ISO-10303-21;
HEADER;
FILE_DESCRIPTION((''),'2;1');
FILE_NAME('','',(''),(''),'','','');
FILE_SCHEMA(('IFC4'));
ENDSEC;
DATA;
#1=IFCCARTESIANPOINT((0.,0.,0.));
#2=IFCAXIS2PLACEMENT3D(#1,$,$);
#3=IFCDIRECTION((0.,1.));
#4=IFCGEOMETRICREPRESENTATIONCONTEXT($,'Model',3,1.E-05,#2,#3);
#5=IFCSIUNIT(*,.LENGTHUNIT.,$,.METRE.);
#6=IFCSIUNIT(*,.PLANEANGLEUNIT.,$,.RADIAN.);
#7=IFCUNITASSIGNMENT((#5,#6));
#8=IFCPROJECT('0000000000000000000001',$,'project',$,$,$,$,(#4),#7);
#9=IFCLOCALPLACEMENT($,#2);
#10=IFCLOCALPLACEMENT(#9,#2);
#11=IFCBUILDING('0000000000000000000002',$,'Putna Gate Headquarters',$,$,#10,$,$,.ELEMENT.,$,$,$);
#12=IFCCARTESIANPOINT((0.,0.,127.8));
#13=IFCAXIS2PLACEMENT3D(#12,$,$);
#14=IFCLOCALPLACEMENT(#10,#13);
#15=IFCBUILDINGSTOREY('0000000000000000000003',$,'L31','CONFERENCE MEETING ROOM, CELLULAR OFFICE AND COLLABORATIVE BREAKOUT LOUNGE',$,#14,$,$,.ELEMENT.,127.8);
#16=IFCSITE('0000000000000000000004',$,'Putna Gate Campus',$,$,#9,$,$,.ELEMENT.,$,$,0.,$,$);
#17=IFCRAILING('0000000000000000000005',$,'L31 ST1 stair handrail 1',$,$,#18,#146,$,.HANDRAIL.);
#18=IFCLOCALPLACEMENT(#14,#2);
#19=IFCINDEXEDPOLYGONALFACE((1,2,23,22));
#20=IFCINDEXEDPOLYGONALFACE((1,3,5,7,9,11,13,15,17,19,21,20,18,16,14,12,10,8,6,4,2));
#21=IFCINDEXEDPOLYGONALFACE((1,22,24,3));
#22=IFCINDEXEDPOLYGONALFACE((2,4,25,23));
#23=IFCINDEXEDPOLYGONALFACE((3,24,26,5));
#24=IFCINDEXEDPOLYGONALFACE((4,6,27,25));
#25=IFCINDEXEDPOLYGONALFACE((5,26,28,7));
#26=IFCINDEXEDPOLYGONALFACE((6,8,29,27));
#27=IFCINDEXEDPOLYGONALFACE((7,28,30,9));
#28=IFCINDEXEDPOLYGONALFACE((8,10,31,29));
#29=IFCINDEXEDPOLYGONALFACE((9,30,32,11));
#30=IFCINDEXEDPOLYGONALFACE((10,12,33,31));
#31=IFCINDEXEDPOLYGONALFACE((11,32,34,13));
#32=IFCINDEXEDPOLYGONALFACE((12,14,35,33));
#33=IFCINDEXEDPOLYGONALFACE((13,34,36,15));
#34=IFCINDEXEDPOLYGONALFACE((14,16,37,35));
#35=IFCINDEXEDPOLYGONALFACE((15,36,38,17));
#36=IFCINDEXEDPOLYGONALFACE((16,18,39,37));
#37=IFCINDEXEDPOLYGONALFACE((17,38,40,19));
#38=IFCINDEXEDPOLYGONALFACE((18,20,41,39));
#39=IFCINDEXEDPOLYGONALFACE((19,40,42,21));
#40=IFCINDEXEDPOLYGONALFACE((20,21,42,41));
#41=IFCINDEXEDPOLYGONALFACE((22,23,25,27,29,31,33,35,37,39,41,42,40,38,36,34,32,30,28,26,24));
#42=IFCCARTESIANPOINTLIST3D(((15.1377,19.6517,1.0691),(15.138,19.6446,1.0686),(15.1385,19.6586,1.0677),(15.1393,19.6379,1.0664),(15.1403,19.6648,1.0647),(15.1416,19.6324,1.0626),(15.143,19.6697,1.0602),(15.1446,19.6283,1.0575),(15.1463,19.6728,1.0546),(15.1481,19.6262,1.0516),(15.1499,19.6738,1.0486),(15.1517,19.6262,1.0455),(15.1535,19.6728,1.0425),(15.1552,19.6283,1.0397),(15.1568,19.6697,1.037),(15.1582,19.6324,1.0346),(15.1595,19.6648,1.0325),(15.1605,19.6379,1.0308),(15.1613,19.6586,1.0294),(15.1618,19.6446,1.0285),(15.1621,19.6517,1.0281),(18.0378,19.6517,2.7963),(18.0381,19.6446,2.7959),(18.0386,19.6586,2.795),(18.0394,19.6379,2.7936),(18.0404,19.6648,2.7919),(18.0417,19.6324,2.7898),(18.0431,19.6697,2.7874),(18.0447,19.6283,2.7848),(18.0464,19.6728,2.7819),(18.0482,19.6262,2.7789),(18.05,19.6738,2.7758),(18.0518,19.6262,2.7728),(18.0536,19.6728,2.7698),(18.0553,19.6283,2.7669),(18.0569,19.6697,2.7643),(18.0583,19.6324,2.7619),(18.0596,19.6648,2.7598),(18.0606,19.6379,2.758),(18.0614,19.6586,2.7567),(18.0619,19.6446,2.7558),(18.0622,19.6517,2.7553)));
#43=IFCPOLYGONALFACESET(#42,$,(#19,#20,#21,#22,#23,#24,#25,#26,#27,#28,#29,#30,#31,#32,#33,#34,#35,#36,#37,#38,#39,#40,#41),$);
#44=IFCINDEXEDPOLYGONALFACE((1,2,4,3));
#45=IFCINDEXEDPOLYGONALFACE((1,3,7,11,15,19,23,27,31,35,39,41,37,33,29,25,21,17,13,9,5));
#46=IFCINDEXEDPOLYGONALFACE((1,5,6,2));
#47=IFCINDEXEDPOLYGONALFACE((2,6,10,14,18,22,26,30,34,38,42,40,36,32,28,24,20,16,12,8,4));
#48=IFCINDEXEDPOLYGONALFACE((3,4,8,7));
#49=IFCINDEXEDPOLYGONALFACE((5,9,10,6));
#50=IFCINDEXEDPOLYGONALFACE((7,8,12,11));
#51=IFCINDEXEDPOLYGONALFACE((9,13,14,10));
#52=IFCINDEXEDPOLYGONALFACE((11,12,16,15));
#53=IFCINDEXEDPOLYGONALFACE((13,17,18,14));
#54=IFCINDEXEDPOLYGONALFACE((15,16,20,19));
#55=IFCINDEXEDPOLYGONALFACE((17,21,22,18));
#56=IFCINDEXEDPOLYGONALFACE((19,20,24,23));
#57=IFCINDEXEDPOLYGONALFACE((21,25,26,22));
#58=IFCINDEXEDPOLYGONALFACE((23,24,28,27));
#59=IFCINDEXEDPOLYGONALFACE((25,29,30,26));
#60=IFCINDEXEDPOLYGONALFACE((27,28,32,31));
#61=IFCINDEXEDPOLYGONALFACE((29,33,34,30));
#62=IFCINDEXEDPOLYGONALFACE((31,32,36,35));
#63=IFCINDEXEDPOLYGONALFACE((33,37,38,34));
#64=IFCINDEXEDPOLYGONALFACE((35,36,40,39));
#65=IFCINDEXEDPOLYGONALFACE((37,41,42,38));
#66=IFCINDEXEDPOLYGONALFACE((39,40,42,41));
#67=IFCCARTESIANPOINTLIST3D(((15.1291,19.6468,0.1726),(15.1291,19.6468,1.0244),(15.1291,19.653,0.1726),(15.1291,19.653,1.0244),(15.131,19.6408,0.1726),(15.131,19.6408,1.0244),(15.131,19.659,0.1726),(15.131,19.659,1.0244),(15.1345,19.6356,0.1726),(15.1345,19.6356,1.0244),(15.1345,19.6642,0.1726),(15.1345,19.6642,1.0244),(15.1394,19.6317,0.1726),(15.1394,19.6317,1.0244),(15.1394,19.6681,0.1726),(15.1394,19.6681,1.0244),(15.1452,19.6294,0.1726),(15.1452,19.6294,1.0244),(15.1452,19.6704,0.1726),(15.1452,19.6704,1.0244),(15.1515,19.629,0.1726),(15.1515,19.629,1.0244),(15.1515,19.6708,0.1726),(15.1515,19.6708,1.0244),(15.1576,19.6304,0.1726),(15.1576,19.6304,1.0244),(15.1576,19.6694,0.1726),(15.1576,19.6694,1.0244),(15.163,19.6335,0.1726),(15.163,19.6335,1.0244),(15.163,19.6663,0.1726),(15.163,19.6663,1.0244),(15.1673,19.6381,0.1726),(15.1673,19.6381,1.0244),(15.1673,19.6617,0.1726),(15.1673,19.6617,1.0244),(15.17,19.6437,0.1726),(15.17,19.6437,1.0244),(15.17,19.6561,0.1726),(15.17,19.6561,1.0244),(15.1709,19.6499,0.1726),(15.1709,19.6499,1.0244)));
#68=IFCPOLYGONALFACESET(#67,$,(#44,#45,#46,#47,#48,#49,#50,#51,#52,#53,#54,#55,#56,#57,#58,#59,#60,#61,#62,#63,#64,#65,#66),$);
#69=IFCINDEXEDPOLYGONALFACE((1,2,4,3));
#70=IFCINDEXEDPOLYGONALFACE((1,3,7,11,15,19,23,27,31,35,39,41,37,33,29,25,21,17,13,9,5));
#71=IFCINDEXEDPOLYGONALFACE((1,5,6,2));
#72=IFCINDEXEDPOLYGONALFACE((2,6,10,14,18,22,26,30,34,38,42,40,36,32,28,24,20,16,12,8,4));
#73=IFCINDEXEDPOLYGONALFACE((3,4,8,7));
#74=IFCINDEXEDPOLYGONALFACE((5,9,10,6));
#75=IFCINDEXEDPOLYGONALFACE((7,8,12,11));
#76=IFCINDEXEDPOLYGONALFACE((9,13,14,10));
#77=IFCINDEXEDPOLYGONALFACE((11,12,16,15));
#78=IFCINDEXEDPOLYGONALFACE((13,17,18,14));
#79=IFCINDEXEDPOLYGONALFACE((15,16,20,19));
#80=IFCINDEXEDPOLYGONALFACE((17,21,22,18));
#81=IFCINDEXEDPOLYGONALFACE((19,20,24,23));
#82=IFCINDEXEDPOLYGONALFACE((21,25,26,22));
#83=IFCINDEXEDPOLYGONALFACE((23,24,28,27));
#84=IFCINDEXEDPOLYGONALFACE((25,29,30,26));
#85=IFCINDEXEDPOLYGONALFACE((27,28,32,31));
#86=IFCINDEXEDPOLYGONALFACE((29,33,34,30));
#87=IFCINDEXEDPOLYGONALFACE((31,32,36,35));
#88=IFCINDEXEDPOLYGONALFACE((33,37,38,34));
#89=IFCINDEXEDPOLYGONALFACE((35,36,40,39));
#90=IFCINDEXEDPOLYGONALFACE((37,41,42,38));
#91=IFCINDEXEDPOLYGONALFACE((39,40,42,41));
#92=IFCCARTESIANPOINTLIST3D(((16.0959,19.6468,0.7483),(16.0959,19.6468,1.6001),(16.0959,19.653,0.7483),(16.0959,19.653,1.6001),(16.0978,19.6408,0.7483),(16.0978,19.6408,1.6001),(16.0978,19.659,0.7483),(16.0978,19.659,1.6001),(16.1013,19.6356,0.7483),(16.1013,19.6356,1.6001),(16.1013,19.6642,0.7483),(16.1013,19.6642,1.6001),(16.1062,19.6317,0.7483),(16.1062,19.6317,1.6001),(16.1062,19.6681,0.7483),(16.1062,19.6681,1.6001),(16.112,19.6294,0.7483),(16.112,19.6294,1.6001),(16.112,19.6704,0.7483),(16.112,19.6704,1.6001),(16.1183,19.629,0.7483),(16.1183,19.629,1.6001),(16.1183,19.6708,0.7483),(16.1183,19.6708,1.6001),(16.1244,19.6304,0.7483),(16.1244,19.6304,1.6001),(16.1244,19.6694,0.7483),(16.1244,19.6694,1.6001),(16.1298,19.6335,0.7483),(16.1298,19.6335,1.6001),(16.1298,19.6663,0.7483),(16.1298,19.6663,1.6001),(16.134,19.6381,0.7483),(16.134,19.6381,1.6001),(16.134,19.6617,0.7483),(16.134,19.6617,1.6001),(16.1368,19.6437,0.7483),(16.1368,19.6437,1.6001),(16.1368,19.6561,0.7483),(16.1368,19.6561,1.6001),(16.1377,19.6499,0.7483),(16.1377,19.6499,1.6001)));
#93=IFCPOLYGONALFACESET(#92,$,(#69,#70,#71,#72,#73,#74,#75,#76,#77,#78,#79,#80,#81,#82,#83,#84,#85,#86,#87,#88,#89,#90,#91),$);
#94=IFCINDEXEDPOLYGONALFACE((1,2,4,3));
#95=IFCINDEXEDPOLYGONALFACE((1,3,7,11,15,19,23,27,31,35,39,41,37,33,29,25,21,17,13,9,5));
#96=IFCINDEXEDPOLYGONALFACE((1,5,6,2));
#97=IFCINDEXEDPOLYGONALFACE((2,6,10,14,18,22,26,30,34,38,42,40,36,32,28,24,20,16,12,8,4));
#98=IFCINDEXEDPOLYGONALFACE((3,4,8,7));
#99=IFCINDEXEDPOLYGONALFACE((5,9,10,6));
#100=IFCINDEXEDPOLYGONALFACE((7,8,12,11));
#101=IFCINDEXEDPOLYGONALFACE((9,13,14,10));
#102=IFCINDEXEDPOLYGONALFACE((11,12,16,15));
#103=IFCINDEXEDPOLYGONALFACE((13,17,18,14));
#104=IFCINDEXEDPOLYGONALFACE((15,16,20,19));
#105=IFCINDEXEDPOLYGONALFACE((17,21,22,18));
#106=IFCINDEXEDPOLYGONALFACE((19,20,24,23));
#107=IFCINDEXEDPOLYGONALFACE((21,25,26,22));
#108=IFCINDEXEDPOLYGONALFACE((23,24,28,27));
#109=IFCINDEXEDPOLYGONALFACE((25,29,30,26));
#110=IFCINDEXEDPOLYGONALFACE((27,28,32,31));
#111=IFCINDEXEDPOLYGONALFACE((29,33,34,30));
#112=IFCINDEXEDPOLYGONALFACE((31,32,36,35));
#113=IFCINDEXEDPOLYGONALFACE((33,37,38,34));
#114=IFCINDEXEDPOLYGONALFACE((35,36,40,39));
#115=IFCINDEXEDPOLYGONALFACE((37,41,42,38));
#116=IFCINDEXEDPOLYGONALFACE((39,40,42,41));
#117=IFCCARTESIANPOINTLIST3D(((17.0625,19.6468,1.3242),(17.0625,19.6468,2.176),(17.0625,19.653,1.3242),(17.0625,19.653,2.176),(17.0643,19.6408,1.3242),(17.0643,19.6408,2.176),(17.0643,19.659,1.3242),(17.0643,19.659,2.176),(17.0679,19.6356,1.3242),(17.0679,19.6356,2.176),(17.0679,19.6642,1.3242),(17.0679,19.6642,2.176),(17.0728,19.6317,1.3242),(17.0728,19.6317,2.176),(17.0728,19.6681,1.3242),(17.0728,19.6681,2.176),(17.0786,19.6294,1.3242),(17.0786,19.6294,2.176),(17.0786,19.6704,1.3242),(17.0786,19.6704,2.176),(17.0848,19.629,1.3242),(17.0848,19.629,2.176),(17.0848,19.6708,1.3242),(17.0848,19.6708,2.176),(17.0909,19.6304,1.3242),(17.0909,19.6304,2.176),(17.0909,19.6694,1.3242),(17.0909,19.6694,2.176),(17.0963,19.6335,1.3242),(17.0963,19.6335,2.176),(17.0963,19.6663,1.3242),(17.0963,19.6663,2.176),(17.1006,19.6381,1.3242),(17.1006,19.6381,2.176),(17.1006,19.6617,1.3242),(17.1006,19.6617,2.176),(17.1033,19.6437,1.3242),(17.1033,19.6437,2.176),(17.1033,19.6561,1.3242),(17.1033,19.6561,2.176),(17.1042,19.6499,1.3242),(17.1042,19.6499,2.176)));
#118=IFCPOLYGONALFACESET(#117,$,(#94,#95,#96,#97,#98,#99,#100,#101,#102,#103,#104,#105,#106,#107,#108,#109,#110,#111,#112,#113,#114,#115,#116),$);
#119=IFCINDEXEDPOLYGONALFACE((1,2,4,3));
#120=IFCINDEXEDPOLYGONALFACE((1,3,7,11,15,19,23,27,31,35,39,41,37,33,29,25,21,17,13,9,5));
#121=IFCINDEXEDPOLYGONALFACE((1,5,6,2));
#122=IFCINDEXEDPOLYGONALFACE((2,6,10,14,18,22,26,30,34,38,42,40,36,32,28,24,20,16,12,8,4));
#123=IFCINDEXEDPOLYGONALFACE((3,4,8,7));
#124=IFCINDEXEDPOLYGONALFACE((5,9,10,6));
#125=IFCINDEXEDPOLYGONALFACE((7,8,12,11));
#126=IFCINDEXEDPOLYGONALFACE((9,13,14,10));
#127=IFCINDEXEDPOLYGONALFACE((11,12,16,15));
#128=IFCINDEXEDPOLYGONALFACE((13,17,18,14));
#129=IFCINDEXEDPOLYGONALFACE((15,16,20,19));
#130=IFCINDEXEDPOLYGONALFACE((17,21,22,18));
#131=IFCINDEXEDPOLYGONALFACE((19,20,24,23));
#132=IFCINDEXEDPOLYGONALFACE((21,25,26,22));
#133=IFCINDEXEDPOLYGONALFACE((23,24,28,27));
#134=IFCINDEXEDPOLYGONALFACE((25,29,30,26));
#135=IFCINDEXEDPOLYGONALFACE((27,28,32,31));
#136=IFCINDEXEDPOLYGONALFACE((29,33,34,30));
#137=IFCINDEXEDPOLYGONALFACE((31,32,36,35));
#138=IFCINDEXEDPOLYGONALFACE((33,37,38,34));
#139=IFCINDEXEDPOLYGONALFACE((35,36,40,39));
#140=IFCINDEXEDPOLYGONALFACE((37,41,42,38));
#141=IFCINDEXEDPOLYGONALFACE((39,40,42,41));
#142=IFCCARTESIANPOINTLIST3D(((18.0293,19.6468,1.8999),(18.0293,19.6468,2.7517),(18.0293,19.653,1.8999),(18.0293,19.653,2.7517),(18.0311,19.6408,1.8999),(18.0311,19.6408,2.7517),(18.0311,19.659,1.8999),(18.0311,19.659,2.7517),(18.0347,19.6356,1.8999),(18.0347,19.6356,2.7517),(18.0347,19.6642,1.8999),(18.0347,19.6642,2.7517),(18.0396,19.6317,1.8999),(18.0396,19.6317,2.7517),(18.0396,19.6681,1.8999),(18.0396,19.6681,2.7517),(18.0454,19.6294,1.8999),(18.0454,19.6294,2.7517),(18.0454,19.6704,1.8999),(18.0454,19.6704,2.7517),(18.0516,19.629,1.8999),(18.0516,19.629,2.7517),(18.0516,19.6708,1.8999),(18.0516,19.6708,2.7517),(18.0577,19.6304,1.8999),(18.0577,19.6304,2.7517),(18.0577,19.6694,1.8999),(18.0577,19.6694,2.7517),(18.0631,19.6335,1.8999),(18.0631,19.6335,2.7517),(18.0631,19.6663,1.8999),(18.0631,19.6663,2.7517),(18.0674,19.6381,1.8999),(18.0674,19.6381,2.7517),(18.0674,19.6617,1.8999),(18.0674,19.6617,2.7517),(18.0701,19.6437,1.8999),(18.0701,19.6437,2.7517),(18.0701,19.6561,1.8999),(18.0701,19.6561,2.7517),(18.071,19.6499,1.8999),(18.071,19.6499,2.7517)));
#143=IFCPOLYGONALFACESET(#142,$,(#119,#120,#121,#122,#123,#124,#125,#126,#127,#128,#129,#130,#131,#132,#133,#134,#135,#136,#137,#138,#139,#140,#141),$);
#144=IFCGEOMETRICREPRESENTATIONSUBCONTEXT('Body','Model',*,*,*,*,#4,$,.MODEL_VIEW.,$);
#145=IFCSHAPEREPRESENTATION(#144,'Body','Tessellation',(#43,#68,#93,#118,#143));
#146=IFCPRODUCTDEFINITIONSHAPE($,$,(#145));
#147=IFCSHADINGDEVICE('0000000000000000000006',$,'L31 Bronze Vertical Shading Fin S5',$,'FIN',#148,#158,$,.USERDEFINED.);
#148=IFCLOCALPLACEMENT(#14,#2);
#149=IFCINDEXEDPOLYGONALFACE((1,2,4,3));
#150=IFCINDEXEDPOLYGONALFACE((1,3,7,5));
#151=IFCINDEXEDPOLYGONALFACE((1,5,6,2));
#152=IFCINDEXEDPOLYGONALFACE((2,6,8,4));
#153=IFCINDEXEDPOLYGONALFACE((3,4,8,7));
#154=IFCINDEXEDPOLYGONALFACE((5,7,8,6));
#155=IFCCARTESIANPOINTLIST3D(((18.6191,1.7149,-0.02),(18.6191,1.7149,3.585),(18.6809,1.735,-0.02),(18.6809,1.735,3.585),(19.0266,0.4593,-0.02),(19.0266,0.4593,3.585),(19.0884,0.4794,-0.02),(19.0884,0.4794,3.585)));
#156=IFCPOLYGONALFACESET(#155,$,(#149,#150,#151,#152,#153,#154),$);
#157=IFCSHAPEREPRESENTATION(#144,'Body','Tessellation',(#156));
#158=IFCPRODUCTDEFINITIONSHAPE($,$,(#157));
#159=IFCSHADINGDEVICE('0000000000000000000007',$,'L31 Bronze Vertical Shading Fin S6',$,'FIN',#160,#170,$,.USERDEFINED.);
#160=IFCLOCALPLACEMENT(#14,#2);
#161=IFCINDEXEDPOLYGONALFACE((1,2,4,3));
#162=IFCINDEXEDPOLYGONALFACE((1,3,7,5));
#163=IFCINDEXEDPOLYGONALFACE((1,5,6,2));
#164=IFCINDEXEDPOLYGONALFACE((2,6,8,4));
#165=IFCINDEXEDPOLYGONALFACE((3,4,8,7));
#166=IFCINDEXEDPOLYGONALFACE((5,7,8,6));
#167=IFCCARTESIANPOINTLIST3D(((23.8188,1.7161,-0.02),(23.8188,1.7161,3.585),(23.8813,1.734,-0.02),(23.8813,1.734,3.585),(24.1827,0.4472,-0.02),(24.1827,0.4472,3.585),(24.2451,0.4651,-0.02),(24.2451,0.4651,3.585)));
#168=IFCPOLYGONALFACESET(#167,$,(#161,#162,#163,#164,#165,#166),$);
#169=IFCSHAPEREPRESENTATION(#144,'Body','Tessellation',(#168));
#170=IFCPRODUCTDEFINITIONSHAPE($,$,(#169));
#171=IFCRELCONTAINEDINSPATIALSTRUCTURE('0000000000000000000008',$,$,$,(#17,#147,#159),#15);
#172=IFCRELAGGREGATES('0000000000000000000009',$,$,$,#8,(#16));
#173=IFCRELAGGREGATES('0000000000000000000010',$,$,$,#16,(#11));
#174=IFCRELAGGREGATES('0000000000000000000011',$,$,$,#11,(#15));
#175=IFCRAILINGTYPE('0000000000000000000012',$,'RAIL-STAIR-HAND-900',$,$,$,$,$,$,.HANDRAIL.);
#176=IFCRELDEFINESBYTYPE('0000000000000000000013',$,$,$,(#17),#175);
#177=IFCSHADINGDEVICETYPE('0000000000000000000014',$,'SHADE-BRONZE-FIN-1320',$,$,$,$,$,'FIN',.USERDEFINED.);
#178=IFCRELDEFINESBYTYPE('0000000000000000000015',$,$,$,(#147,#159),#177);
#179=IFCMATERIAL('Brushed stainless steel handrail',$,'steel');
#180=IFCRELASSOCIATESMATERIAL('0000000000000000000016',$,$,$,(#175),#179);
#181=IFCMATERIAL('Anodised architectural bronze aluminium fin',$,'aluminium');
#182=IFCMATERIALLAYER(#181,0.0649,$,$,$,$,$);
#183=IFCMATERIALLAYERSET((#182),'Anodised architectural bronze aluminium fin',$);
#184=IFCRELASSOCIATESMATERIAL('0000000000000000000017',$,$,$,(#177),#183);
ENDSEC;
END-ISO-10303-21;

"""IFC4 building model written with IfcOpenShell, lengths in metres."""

from ifc_helpers import new_model, si_unit, direction, frame, origin, origin_2d, place, context, subcontext, project, spatial, rectangle, circle, extrude, material, layer, layer_set, type_object, element, save


model = new_model("IFC4")

# Units and contexts
model_context = context("Model", 3, precision=1e-05, world=origin(), true_north=direction((0.0, 1.0)))
body_context = subcontext(model_context, "Body", "Model", "MODEL_VIEW")
ifc_project = project(units=[si_unit("LENGTHUNIT", "METRE"), si_unit("PLANEANGLEUNIT", "RADIAN")], contexts=[model_context])

# Site, building, storey
site_placement = place(None, origin())
site = spatial("IfcSite", under=ifc_project, at=site_placement, Name="Putna Gate Campus", CompositionType="ELEMENT", RefElevation=0.0)
building_placement = place(site_placement, origin())
building = spatial("IfcBuilding", under=site, at=building_placement, Name="Putna Gate Headquarters", CompositionType="ELEMENT")
storey_placement = place(building_placement, frame((0.0, 0.0, 127.8)))
storey = spatial("IfcBuildingStorey", under=building, at=storey_placement, Name="L31", Description="CONFERENCE MEETING ROOM, CELLULAR OFFICE AND COLLABORATIVE BREAKOUT LOUNGE", CompositionType="ELEMENT", Elevation=127.8)

# Railing
ifc_material_1 = material(Name="Brushed stainless steel handrail", Category="steel")
railing_type_1 = type_object("IfcRailingType", Name="RAIL-STAIR-HAND-900", PredefinedType="HANDRAIL", material=ifc_material_1)
railing_1_placement = place(storey_placement, frame((15.1499, 19.6499, 0.1726)))
element("IfcRailing", 1, at=railing_1_placement, inside=storey, type_object=railing_type_1, Name="L31 ST1 stair handrail 1", PredefinedType="HANDRAIL", context=body_context, shape_type="SweptSolid", body=[
    extrude(circle(Radius=0.0239, at=origin_2d()), frame((0.0, 0.0, 0.876), z_axis=(0.85916, 0.0, 0.511706), x_axis=(0.0, 1.0, 0.0)), (0.0, 0.0, 1.0), 3.3755),
    extrude(circle(Radius=0.021, at=origin_2d()), origin(), (0.0, 0.0, 1.0), 0.8518),
    extrude(circle(Radius=0.021, at=origin_2d()), frame((0.9668, 0.0, 0.5757)), (0.0, 0.0, 1.0), 0.8518),
    extrude(circle(Radius=0.021, at=origin_2d()), frame((1.9333, 0.0, 1.1516)), (0.0, 0.0, 1.0), 0.8518),
    extrude(circle(Radius=0.021, at=origin_2d()), frame((2.9001, 0.0, 1.7273)), (0.0, 0.0, 1.0), 0.8518),
])

# Shading devices
ifc_material_2 = material(Name="Anodised architectural bronze aluminium fin", Category="aluminium")
ifc_layer_1 = layer(ifc_material_2, 0.0649)
ifc_layer_set_1 = layer_set([ifc_layer_1], Name="Anodised architectural bronze aluminium fin")
shading_device_type = type_object("IfcShadingDeviceType", Name="SHADE-BRONZE-FIN-1320", ElementType="FIN", PredefinedType="USERDEFINED", material=ifc_layer_set_1)
for number, where, z_axis, x_axis, name in (
    (2, (18.8538, 1.0972, -0.02), (0.0, 0.0, 1.0), (0.308685, -0.951164, 0.0), "L31 Bronze Vertical Shading Fin S5"),
    (3, (24.032, 1.0906, -0.02), (0.0, 0.0, 1.0), (0.275637, -0.961262, 0.0), "L31 Bronze Vertical Shading Fin S6"),
):
    element("IfcShadingDevice", number, at=place(storey_placement, frame(where, z_axis=z_axis, x_axis=x_axis)), inside=storey, type_object=shading_device_type, Name=name, ObjectType="FIN", PredefinedType="USERDEFINED", context=body_context, shape_type="SweptSolid", body=[
        extrude(rectangle(XDim=1.3201, YDim=0.0649, at=origin_2d()), origin(), (0.0, 0.0, 1.0), 3.605),
    ])

save(model, "model.ifc")
